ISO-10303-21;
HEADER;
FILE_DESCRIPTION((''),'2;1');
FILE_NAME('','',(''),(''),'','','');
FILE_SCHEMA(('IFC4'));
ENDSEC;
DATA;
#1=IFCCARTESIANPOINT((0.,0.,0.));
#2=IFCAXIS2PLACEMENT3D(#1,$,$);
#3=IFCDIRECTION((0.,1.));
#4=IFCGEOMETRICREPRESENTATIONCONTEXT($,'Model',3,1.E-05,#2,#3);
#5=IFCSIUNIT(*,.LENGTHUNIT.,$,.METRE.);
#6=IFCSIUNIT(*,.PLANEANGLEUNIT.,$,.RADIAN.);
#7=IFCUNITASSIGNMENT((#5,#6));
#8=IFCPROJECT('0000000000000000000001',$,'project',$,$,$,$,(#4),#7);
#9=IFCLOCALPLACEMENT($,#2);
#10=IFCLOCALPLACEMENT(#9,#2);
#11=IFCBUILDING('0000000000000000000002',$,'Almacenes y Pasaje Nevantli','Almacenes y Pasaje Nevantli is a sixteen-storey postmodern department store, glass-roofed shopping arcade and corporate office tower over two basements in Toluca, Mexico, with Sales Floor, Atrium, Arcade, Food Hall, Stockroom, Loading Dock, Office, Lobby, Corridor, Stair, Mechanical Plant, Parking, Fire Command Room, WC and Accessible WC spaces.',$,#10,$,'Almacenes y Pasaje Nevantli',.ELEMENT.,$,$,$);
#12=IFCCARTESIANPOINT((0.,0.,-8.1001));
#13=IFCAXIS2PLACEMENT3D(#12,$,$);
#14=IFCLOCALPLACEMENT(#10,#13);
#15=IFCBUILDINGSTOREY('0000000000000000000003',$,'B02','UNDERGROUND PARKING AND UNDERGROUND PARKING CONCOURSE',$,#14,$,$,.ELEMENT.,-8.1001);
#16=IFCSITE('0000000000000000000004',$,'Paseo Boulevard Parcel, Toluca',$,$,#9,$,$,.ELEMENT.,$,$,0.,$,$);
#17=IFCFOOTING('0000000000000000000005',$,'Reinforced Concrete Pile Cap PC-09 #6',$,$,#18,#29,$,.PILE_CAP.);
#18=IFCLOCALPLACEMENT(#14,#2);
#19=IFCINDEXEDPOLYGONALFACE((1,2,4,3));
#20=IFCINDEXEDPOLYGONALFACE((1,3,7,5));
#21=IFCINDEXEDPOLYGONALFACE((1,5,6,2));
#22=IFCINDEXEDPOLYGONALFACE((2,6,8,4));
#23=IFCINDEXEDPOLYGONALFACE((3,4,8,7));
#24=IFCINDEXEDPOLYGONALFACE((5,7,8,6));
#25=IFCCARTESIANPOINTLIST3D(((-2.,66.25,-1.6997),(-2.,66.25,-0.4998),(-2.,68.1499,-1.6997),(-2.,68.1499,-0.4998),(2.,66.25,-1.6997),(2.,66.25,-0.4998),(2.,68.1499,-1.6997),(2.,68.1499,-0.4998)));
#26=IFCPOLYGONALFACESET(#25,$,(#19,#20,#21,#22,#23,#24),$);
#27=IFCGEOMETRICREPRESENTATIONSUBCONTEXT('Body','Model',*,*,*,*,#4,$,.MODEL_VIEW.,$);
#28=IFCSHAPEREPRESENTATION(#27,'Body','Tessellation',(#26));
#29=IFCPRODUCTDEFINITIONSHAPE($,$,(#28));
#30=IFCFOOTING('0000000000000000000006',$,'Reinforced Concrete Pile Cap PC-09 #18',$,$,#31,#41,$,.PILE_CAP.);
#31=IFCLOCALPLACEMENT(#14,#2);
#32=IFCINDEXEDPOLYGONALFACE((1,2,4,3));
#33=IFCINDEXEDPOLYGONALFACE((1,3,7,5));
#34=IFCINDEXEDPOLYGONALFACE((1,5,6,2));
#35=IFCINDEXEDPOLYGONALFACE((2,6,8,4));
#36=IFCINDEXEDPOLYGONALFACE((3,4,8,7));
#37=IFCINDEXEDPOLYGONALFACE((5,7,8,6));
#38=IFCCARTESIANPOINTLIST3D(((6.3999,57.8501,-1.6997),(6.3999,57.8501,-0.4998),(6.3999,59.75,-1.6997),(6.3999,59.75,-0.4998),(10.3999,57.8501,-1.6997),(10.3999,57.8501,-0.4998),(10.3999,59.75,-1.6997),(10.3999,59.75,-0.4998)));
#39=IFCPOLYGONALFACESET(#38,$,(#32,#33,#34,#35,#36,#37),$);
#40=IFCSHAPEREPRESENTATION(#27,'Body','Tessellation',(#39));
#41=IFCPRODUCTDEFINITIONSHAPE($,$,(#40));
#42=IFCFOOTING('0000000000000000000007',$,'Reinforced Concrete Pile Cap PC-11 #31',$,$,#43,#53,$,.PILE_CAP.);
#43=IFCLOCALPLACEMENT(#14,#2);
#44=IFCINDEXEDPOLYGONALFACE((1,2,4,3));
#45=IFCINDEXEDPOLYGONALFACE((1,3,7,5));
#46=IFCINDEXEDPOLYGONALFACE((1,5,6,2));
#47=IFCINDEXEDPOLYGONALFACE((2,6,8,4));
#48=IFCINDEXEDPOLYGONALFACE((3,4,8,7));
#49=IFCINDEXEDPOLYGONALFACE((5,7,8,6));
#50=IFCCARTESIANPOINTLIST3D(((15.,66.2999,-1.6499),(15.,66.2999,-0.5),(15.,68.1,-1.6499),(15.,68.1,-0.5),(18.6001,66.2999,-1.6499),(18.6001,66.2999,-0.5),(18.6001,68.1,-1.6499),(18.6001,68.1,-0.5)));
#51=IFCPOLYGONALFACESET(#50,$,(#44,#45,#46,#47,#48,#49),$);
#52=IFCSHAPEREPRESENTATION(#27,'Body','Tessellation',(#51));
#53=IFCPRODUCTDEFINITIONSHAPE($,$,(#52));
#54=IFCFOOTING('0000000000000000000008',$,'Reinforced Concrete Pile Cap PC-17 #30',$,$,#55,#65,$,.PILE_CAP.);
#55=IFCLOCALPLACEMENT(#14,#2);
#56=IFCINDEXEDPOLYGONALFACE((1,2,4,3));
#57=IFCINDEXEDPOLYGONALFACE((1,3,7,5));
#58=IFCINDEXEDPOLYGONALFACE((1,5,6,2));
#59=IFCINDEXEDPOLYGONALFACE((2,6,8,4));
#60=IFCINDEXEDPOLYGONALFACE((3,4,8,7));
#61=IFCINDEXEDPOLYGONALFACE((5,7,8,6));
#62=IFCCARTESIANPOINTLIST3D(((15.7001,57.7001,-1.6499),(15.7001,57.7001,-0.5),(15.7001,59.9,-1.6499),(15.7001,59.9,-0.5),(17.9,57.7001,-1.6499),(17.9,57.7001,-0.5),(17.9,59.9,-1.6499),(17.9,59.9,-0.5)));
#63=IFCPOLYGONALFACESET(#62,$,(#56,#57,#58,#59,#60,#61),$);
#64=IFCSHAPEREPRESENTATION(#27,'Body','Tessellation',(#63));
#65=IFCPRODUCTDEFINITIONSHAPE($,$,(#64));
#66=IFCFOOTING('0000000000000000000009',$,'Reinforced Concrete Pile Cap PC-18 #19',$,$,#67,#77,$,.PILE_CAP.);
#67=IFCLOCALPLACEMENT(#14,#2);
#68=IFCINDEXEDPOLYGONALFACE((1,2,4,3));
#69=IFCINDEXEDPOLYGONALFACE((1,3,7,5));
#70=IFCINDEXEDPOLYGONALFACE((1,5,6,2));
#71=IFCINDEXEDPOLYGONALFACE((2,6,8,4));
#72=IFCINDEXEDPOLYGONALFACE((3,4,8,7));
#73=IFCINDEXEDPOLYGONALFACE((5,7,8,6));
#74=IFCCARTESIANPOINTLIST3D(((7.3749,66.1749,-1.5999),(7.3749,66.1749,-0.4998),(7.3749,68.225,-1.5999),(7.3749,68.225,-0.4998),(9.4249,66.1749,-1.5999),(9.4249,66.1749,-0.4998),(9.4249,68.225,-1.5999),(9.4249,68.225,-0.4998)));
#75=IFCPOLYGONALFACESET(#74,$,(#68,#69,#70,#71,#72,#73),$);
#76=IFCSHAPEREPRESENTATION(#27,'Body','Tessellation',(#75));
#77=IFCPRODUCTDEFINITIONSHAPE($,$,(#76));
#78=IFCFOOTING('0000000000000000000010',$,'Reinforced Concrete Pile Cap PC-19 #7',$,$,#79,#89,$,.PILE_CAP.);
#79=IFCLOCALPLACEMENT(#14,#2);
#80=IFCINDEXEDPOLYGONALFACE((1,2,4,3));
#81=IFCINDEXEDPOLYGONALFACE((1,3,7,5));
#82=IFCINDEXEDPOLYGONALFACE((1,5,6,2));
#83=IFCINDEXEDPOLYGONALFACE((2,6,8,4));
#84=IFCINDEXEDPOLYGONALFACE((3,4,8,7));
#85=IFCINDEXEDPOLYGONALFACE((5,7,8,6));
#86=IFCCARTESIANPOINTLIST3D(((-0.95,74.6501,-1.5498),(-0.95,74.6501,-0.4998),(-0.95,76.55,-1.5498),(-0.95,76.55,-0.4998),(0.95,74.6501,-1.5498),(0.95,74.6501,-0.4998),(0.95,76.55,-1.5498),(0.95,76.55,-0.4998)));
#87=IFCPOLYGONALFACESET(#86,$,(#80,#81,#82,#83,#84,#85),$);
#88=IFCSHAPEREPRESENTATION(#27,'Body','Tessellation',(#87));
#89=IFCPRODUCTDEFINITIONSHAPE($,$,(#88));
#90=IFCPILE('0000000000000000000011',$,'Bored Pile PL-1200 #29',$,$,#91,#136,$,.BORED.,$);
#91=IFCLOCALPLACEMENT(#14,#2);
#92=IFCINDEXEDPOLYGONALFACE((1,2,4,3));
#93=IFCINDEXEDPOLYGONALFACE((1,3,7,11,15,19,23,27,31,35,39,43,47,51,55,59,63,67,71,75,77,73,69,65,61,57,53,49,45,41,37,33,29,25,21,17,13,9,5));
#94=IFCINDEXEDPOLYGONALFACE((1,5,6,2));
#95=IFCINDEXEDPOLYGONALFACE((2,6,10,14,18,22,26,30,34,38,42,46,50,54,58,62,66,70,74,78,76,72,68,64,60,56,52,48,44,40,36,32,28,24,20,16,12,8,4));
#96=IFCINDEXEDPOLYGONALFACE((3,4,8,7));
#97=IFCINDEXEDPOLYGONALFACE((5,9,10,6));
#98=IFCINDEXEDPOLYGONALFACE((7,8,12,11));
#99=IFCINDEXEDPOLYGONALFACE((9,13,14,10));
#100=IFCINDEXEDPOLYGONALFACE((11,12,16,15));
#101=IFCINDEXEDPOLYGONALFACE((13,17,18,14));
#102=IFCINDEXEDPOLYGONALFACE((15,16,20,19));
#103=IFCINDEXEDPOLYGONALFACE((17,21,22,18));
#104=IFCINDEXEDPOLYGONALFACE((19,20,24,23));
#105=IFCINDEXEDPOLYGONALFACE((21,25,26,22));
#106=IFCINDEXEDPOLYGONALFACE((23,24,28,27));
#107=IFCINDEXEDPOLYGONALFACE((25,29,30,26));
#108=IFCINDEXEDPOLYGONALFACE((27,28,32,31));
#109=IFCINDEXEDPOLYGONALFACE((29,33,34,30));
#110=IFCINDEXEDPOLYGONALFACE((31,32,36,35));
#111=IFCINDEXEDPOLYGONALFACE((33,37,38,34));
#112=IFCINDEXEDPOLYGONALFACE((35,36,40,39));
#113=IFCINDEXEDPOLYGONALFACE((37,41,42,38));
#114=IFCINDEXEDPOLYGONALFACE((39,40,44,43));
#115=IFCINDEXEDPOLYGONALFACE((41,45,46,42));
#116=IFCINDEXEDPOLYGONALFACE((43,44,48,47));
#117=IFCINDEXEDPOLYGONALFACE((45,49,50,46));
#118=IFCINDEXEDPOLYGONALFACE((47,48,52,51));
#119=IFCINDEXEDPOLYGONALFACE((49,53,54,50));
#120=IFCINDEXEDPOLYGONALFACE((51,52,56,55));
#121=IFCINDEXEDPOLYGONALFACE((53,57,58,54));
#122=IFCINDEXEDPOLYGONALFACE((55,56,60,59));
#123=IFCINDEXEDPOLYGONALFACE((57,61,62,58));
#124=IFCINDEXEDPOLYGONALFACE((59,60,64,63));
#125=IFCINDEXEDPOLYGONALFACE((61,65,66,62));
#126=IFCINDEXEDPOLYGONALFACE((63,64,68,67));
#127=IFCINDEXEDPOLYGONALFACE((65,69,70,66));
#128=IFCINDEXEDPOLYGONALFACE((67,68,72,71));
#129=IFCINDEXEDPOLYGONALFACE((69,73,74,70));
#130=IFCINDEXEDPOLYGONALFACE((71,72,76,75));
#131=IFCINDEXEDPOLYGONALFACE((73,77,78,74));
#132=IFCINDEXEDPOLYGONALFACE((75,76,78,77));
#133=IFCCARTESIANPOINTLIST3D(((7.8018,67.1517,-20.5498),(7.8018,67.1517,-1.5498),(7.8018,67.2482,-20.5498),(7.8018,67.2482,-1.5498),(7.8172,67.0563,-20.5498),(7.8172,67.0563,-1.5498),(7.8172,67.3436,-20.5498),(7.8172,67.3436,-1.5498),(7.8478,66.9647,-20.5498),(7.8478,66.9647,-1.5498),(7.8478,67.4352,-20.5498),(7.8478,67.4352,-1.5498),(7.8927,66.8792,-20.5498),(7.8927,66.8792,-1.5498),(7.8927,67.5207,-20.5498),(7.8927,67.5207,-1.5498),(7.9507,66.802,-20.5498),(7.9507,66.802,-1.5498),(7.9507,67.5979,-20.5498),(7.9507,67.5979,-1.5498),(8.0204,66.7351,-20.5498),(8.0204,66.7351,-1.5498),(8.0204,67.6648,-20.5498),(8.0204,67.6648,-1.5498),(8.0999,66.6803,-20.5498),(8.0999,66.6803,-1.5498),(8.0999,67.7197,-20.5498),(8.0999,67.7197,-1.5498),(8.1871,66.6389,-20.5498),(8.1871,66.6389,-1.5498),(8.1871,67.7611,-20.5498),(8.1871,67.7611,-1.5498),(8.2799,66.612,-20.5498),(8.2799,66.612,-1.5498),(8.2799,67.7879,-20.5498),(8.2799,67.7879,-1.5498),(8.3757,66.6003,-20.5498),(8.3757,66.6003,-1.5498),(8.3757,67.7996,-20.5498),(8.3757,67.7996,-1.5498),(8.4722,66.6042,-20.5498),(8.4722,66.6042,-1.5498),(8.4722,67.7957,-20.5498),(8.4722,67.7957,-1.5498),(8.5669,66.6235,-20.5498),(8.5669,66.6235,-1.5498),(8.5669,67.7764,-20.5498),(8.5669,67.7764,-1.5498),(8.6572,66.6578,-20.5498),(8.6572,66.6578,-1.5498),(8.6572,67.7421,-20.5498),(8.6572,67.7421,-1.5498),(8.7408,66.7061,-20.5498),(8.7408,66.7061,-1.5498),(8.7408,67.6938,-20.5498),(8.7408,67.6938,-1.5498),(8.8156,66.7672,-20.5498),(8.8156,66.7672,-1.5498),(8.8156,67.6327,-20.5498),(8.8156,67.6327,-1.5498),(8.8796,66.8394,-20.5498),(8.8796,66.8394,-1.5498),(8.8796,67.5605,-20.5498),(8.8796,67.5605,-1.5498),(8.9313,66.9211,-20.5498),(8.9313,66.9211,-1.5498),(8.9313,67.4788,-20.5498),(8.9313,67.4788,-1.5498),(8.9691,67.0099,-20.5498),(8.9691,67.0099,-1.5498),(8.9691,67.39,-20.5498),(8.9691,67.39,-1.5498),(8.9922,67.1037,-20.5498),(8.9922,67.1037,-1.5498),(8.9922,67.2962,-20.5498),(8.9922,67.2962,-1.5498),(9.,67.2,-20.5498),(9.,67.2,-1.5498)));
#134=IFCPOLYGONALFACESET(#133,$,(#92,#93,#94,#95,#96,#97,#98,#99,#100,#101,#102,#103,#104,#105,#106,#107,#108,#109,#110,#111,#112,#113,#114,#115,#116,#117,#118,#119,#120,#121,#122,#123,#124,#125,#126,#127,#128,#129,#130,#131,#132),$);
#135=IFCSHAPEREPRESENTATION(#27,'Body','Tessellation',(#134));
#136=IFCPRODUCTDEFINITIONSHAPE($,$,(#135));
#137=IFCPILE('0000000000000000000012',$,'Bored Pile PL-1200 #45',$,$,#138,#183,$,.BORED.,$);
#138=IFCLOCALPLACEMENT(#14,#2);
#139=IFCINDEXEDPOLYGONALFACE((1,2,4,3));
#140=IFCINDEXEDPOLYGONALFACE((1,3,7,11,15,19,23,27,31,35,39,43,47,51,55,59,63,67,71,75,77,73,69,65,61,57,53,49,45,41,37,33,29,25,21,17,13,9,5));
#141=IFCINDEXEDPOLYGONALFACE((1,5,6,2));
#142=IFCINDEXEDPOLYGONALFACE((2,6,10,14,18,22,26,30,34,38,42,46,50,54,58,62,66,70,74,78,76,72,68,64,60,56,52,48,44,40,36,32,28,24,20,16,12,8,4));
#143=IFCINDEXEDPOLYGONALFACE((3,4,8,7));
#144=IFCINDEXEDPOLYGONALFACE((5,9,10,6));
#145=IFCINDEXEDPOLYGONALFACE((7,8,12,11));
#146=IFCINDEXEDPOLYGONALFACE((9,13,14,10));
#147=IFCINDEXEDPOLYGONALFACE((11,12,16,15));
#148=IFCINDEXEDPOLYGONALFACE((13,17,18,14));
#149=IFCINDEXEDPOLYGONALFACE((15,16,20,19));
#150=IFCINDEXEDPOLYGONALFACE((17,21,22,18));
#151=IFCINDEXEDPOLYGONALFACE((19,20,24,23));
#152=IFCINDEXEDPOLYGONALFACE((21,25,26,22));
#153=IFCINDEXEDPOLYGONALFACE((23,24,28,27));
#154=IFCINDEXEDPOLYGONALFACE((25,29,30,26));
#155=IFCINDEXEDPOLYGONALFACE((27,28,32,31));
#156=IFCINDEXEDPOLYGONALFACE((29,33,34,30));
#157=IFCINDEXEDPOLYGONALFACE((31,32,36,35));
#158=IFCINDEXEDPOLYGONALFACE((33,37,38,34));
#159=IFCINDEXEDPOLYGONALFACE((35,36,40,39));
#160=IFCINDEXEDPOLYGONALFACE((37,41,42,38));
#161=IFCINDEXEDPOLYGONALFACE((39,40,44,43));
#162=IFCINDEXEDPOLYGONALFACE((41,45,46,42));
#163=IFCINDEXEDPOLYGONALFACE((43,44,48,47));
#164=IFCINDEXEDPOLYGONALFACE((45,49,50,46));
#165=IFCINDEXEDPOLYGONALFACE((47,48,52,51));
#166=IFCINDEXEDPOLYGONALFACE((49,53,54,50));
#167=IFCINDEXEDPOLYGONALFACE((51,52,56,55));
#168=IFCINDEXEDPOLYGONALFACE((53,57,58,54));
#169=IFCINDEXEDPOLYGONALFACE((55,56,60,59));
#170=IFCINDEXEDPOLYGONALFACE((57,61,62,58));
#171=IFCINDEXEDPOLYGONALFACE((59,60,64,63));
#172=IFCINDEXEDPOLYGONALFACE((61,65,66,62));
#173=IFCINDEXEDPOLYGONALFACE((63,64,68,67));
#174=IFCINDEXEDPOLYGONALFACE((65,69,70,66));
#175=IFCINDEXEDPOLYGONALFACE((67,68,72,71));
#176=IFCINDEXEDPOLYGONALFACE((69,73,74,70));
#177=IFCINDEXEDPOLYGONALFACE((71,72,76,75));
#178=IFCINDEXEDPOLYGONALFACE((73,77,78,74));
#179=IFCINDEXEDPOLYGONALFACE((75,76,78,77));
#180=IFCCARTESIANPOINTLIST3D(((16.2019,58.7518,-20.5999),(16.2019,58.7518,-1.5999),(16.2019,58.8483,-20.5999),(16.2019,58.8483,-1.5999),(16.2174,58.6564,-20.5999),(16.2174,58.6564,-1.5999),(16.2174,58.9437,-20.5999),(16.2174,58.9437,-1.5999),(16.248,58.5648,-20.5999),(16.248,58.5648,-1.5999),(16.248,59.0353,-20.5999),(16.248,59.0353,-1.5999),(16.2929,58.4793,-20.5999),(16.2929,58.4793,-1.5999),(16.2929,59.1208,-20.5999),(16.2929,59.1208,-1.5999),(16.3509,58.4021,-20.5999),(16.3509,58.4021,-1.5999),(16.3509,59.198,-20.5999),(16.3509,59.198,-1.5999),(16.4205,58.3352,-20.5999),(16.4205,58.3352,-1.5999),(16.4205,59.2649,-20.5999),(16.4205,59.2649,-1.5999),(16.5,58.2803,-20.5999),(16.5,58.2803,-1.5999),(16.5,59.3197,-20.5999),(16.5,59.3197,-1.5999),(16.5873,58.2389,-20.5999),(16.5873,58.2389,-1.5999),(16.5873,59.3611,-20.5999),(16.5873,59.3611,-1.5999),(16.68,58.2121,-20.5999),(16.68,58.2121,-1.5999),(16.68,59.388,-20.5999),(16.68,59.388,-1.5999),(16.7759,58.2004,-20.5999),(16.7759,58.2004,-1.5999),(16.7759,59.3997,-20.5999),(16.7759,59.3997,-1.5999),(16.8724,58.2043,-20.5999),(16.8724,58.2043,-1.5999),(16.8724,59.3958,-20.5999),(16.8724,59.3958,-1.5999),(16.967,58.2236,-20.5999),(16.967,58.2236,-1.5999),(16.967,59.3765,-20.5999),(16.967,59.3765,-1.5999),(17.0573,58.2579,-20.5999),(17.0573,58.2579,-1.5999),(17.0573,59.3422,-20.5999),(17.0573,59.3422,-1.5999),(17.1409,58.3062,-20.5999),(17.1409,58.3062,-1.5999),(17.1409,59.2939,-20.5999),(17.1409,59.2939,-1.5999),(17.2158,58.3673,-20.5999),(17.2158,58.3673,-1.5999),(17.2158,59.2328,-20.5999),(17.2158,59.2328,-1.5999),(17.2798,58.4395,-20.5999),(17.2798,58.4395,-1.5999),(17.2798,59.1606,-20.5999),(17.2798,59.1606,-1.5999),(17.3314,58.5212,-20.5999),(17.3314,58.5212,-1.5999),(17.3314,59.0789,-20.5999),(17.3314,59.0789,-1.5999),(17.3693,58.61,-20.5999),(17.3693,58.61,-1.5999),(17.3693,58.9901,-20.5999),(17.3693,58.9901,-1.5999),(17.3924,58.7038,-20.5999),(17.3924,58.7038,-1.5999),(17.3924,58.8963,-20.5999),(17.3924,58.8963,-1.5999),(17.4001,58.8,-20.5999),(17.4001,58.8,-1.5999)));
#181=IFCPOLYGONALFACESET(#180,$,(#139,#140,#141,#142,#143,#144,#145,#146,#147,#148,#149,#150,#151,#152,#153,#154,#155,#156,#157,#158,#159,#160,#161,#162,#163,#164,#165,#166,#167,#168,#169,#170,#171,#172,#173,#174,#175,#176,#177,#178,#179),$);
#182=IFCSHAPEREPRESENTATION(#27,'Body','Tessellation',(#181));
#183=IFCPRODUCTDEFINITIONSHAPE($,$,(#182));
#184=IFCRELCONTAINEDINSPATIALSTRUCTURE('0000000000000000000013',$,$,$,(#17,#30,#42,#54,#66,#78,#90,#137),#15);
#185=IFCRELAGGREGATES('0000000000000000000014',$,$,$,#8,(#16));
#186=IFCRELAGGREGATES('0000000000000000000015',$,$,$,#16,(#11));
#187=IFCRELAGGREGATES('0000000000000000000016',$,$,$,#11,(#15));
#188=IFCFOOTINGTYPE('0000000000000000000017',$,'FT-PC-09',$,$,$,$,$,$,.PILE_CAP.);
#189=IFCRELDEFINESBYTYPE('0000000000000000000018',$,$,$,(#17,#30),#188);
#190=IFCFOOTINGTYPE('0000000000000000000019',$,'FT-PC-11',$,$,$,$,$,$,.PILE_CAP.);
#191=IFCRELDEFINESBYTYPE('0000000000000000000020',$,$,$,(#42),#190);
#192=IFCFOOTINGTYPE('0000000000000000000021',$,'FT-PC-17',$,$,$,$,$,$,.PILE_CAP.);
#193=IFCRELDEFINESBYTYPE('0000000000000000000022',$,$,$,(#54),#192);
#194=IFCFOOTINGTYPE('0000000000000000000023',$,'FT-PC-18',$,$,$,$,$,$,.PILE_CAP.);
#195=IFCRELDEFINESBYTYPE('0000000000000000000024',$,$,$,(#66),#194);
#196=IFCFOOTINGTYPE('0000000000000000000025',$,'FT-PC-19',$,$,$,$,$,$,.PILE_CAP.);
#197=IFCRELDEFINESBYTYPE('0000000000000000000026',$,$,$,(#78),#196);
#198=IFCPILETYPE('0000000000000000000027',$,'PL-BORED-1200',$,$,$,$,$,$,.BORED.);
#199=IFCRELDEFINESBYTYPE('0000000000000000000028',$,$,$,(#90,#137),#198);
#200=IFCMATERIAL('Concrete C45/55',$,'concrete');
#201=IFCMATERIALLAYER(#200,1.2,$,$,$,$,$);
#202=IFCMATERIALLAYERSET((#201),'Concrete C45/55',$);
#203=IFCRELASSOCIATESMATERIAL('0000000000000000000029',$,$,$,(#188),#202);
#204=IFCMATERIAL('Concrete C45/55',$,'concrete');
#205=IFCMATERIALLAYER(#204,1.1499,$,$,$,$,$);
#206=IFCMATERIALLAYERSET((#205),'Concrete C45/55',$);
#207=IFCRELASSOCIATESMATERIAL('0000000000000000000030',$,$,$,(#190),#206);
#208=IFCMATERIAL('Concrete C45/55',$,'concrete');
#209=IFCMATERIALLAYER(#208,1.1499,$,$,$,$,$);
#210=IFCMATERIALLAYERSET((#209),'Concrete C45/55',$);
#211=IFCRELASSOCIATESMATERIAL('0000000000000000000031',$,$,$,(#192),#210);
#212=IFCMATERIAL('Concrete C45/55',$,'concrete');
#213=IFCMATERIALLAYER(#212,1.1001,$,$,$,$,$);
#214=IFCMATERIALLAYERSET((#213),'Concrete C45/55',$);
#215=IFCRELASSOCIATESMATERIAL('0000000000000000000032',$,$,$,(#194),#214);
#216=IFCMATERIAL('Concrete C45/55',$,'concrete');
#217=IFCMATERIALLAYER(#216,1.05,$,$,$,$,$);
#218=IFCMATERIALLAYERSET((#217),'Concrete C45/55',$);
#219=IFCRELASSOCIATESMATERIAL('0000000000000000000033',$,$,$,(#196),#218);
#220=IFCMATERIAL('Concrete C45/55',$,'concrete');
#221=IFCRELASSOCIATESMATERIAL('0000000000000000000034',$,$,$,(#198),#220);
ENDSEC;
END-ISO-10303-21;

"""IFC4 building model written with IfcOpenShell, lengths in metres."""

from ifc_helpers import new_model, si_unit, direction, frame, origin, origin_2d, place, context, subcontext, project, spatial, rectangle, circle, extrude, material, layer, layer_set, material_profile, profile_set, type_object, element, save


model = new_model("IFC4")

# Units and contexts
model_context = context("Model", 3, precision=1e-05, world=origin(), true_north=direction((0.0, 1.0)))
body_context = subcontext(model_context, "Body", "Model", "MODEL_VIEW")
ifc_project = project(units=[si_unit("LENGTHUNIT", "METRE"), si_unit("PLANEANGLEUNIT", "RADIAN")], contexts=[model_context])

# Site, building, storey
site_placement = place(None, origin())
site = spatial("IfcSite", under=ifc_project, at=site_placement, Name="Paseo Boulevard Parcel, Toluca", CompositionType="ELEMENT", RefElevation=0.0)
building_placement = place(site_placement, origin())
building = spatial("IfcBuilding", under=site, at=building_placement, Name="Almacenes y Pasaje Nevantli", Description="Almacenes y Pasaje Nevantli is a sixteen-storey postmodern department store, glass-roofed shopping arcade and corporate office tower over two basements in Toluca, Mexico, with Sales Floor, Atrium, Arcade, Food Hall, Stockroom, Loading Dock, Office, Lobby, Corridor, Stair, Mechanical Plant, Parking, Fire Command Room, WC and Accessible WC spaces.", LongName="Almacenes y Pasaje Nevantli", CompositionType="ELEMENT")
storey_placement = place(building_placement, frame((0.0, 0.0, -8.1001)))
storey = spatial("IfcBuildingStorey", under=building, at=storey_placement, Name="B02", Description="UNDERGROUND PARKING AND UNDERGROUND PARKING CONCOURSE", CompositionType="ELEMENT", Elevation=-8.1001)

# Footings
ifc_material_1 = material(Name="Concrete C45/55", Category="concrete")
ifc_layer_1 = layer(ifc_material_1, 1.2)
ifc_layer_set_1 = layer_set([ifc_layer_1], Name="Concrete C45/55")
footing_type_1 = type_object("IfcFootingType", Name="FT-PC-09", PredefinedType="PILE_CAP", material=ifc_layer_set_1)
for number, where, z_axis, x_axis, name in (
    (1, (0.0, 67.2, -1.6997), (0.0, 0.0, 1.0), (1.0, 0.0, 0.0), "Reinforced Concrete Pile Cap PC-09 #6"),
    (2, (8.3999, 58.8, -1.6997), (0.0, 0.0, 1.0), (1.0, 0.0, 0.0), "Reinforced Concrete Pile Cap PC-09 #18"),
):
    element("IfcFooting", number, at=place(storey_placement, frame(where, z_axis=z_axis, x_axis=x_axis)), inside=storey, type_object=footing_type_1, Name=name, PredefinedType="PILE_CAP", context=body_context, shape_type="SweptSolid", body=[
        extrude(rectangle(XDim=4.0, YDim=1.8999, at=origin_2d()), origin(), (0.0, 0.0, 1.0), 1.2),
    ])
ifc_material_2 = material(Name="Concrete C45/55", Category="concrete")
ifc_layer_2 = layer(ifc_material_2, 1.1499)
ifc_layer_set_2 = layer_set([ifc_layer_2], Name="Concrete C45/55")
footing_type_2 = type_object("IfcFootingType", Name="FT-PC-11", PredefinedType="PILE_CAP", material=ifc_layer_set_2)
footing_1_placement = place(storey_placement, frame((16.8, 67.2, -1.6499), z_axis=(0.0, 0.0, 1.0), x_axis=(1.0, 0.0, 0.0)))
element("IfcFooting", 3, at=footing_1_placement, inside=storey, type_object=footing_type_2, Name="Reinforced Concrete Pile Cap PC-11 #31", PredefinedType="PILE_CAP", context=body_context, shape_type="SweptSolid", body=[
    extrude(rectangle(XDim=3.6001, YDim=1.8, at=origin_2d()), origin(), (0.0, 0.0, 1.0), 1.1499),
])
ifc_material_3 = material(Name="Concrete C45/55", Category="concrete")
ifc_layer_3 = layer(ifc_material_3, 1.1499)
ifc_layer_set_3 = layer_set([ifc_layer_3], Name="Concrete C45/55")
footing_type_3 = type_object("IfcFootingType", Name="FT-PC-17", PredefinedType="PILE_CAP", material=ifc_layer_set_3)
footing_2_placement = place(storey_placement, frame((16.8, 58.8, -1.6499), z_axis=(0.0, 0.0, 1.0), x_axis=(1.0, 0.0, 0.0)))
element("IfcFooting", 4, at=footing_2_placement, inside=storey, type_object=footing_type_3, Name="Reinforced Concrete Pile Cap PC-17 #30", PredefinedType="PILE_CAP", context=body_context, shape_type="SweptSolid", body=[
    extrude(rectangle(XDim=2.2, YDim=2.2, at=origin_2d()), origin(), (0.0, 0.0, 1.0), 1.1499),
])
ifc_material_4 = material(Name="Concrete C45/55", Category="concrete")
ifc_layer_4 = layer(ifc_material_4, 1.1001)
ifc_layer_set_4 = layer_set([ifc_layer_4], Name="Concrete C45/55")
footing_type_4 = type_object("IfcFootingType", Name="FT-PC-18", PredefinedType="PILE_CAP", material=ifc_layer_set_4)
footing_3_placement = place(storey_placement, frame((8.3999, 67.2, -1.5999), z_axis=(0.0, 0.0, 1.0), x_axis=(1.0, 0.0, 0.0)))
element("IfcFooting", 5, at=footing_3_placement, inside=storey, type_object=footing_type_4, Name="Reinforced Concrete Pile Cap PC-18 #19", PredefinedType="PILE_CAP", context=body_context, shape_type="SweptSolid", body=[
    extrude(rectangle(XDim=2.05, YDim=2.05, at=origin_2d()), origin(), (0.0, 0.0, 1.0), 1.1001),
])
ifc_material_5 = material(Name="Concrete C45/55", Category="concrete")
ifc_layer_5 = layer(ifc_material_5, 1.05)
ifc_layer_set_5 = layer_set([ifc_layer_5], Name="Concrete C45/55")
footing_type_5 = type_object("IfcFootingType", Name="FT-PC-19", PredefinedType="PILE_CAP", material=ifc_layer_set_5)
footing_4_placement = place(storey_placement, frame((0.0, 75.6001, -1.5498), z_axis=(0.0, 0.0, 1.0), x_axis=(1.0, 0.0, 0.0)))
element("IfcFooting", 6, at=footing_4_placement, inside=storey, type_object=footing_type_5, Name="Reinforced Concrete Pile Cap PC-19 #7", PredefinedType="PILE_CAP", context=body_context, shape_type="SweptSolid", body=[
    extrude(rectangle(XDim=1.8999, YDim=1.8999, at=origin_2d()), origin(), (0.0, 0.0, 1.0), 1.05),
])

# Piles
ifc_material_6 = material(Name="Concrete C45/55", Category="concrete")
ifc_material_profile_1 = material_profile(ifc_material_6, circle(Radius=0.6001, at=origin_2d()), Name="RC-PILE-D1200")
ifc_profile_set_1 = profile_set([ifc_material_profile_1], Name="Concrete C45/55")
pile_type_1 = type_object("IfcPileType", Name="PL-BORED-1200", PredefinedType="BORED", material=ifc_profile_set_1)
for number, where, z_axis, x_axis, name in (
    (7, (8.3999, 67.2, -1.5498), (0.0, 0.0, -1.0), (1.0, 0.0, 0.0), "Bored Pile PL-1200 #29"),
    (8, (16.8, 58.8, -1.5999), (0.0, 0.0, -1.0), (1.0, 0.0, 0.0), "Bored Pile PL-1200 #45"),
):
    element("IfcPile", number, at=place(storey_placement, frame(where, z_axis=z_axis, x_axis=x_axis)), inside=storey, type_object=pile_type_1, Name=name, PredefinedType="BORED", context=body_context, shape_type="SweptSolid", body=[
        extrude(circle(Radius=0.6001, at=origin_2d()), origin(), (0.0, 0.0, 1.0), 19.0),
    ])

save(model, "model.ifc")
